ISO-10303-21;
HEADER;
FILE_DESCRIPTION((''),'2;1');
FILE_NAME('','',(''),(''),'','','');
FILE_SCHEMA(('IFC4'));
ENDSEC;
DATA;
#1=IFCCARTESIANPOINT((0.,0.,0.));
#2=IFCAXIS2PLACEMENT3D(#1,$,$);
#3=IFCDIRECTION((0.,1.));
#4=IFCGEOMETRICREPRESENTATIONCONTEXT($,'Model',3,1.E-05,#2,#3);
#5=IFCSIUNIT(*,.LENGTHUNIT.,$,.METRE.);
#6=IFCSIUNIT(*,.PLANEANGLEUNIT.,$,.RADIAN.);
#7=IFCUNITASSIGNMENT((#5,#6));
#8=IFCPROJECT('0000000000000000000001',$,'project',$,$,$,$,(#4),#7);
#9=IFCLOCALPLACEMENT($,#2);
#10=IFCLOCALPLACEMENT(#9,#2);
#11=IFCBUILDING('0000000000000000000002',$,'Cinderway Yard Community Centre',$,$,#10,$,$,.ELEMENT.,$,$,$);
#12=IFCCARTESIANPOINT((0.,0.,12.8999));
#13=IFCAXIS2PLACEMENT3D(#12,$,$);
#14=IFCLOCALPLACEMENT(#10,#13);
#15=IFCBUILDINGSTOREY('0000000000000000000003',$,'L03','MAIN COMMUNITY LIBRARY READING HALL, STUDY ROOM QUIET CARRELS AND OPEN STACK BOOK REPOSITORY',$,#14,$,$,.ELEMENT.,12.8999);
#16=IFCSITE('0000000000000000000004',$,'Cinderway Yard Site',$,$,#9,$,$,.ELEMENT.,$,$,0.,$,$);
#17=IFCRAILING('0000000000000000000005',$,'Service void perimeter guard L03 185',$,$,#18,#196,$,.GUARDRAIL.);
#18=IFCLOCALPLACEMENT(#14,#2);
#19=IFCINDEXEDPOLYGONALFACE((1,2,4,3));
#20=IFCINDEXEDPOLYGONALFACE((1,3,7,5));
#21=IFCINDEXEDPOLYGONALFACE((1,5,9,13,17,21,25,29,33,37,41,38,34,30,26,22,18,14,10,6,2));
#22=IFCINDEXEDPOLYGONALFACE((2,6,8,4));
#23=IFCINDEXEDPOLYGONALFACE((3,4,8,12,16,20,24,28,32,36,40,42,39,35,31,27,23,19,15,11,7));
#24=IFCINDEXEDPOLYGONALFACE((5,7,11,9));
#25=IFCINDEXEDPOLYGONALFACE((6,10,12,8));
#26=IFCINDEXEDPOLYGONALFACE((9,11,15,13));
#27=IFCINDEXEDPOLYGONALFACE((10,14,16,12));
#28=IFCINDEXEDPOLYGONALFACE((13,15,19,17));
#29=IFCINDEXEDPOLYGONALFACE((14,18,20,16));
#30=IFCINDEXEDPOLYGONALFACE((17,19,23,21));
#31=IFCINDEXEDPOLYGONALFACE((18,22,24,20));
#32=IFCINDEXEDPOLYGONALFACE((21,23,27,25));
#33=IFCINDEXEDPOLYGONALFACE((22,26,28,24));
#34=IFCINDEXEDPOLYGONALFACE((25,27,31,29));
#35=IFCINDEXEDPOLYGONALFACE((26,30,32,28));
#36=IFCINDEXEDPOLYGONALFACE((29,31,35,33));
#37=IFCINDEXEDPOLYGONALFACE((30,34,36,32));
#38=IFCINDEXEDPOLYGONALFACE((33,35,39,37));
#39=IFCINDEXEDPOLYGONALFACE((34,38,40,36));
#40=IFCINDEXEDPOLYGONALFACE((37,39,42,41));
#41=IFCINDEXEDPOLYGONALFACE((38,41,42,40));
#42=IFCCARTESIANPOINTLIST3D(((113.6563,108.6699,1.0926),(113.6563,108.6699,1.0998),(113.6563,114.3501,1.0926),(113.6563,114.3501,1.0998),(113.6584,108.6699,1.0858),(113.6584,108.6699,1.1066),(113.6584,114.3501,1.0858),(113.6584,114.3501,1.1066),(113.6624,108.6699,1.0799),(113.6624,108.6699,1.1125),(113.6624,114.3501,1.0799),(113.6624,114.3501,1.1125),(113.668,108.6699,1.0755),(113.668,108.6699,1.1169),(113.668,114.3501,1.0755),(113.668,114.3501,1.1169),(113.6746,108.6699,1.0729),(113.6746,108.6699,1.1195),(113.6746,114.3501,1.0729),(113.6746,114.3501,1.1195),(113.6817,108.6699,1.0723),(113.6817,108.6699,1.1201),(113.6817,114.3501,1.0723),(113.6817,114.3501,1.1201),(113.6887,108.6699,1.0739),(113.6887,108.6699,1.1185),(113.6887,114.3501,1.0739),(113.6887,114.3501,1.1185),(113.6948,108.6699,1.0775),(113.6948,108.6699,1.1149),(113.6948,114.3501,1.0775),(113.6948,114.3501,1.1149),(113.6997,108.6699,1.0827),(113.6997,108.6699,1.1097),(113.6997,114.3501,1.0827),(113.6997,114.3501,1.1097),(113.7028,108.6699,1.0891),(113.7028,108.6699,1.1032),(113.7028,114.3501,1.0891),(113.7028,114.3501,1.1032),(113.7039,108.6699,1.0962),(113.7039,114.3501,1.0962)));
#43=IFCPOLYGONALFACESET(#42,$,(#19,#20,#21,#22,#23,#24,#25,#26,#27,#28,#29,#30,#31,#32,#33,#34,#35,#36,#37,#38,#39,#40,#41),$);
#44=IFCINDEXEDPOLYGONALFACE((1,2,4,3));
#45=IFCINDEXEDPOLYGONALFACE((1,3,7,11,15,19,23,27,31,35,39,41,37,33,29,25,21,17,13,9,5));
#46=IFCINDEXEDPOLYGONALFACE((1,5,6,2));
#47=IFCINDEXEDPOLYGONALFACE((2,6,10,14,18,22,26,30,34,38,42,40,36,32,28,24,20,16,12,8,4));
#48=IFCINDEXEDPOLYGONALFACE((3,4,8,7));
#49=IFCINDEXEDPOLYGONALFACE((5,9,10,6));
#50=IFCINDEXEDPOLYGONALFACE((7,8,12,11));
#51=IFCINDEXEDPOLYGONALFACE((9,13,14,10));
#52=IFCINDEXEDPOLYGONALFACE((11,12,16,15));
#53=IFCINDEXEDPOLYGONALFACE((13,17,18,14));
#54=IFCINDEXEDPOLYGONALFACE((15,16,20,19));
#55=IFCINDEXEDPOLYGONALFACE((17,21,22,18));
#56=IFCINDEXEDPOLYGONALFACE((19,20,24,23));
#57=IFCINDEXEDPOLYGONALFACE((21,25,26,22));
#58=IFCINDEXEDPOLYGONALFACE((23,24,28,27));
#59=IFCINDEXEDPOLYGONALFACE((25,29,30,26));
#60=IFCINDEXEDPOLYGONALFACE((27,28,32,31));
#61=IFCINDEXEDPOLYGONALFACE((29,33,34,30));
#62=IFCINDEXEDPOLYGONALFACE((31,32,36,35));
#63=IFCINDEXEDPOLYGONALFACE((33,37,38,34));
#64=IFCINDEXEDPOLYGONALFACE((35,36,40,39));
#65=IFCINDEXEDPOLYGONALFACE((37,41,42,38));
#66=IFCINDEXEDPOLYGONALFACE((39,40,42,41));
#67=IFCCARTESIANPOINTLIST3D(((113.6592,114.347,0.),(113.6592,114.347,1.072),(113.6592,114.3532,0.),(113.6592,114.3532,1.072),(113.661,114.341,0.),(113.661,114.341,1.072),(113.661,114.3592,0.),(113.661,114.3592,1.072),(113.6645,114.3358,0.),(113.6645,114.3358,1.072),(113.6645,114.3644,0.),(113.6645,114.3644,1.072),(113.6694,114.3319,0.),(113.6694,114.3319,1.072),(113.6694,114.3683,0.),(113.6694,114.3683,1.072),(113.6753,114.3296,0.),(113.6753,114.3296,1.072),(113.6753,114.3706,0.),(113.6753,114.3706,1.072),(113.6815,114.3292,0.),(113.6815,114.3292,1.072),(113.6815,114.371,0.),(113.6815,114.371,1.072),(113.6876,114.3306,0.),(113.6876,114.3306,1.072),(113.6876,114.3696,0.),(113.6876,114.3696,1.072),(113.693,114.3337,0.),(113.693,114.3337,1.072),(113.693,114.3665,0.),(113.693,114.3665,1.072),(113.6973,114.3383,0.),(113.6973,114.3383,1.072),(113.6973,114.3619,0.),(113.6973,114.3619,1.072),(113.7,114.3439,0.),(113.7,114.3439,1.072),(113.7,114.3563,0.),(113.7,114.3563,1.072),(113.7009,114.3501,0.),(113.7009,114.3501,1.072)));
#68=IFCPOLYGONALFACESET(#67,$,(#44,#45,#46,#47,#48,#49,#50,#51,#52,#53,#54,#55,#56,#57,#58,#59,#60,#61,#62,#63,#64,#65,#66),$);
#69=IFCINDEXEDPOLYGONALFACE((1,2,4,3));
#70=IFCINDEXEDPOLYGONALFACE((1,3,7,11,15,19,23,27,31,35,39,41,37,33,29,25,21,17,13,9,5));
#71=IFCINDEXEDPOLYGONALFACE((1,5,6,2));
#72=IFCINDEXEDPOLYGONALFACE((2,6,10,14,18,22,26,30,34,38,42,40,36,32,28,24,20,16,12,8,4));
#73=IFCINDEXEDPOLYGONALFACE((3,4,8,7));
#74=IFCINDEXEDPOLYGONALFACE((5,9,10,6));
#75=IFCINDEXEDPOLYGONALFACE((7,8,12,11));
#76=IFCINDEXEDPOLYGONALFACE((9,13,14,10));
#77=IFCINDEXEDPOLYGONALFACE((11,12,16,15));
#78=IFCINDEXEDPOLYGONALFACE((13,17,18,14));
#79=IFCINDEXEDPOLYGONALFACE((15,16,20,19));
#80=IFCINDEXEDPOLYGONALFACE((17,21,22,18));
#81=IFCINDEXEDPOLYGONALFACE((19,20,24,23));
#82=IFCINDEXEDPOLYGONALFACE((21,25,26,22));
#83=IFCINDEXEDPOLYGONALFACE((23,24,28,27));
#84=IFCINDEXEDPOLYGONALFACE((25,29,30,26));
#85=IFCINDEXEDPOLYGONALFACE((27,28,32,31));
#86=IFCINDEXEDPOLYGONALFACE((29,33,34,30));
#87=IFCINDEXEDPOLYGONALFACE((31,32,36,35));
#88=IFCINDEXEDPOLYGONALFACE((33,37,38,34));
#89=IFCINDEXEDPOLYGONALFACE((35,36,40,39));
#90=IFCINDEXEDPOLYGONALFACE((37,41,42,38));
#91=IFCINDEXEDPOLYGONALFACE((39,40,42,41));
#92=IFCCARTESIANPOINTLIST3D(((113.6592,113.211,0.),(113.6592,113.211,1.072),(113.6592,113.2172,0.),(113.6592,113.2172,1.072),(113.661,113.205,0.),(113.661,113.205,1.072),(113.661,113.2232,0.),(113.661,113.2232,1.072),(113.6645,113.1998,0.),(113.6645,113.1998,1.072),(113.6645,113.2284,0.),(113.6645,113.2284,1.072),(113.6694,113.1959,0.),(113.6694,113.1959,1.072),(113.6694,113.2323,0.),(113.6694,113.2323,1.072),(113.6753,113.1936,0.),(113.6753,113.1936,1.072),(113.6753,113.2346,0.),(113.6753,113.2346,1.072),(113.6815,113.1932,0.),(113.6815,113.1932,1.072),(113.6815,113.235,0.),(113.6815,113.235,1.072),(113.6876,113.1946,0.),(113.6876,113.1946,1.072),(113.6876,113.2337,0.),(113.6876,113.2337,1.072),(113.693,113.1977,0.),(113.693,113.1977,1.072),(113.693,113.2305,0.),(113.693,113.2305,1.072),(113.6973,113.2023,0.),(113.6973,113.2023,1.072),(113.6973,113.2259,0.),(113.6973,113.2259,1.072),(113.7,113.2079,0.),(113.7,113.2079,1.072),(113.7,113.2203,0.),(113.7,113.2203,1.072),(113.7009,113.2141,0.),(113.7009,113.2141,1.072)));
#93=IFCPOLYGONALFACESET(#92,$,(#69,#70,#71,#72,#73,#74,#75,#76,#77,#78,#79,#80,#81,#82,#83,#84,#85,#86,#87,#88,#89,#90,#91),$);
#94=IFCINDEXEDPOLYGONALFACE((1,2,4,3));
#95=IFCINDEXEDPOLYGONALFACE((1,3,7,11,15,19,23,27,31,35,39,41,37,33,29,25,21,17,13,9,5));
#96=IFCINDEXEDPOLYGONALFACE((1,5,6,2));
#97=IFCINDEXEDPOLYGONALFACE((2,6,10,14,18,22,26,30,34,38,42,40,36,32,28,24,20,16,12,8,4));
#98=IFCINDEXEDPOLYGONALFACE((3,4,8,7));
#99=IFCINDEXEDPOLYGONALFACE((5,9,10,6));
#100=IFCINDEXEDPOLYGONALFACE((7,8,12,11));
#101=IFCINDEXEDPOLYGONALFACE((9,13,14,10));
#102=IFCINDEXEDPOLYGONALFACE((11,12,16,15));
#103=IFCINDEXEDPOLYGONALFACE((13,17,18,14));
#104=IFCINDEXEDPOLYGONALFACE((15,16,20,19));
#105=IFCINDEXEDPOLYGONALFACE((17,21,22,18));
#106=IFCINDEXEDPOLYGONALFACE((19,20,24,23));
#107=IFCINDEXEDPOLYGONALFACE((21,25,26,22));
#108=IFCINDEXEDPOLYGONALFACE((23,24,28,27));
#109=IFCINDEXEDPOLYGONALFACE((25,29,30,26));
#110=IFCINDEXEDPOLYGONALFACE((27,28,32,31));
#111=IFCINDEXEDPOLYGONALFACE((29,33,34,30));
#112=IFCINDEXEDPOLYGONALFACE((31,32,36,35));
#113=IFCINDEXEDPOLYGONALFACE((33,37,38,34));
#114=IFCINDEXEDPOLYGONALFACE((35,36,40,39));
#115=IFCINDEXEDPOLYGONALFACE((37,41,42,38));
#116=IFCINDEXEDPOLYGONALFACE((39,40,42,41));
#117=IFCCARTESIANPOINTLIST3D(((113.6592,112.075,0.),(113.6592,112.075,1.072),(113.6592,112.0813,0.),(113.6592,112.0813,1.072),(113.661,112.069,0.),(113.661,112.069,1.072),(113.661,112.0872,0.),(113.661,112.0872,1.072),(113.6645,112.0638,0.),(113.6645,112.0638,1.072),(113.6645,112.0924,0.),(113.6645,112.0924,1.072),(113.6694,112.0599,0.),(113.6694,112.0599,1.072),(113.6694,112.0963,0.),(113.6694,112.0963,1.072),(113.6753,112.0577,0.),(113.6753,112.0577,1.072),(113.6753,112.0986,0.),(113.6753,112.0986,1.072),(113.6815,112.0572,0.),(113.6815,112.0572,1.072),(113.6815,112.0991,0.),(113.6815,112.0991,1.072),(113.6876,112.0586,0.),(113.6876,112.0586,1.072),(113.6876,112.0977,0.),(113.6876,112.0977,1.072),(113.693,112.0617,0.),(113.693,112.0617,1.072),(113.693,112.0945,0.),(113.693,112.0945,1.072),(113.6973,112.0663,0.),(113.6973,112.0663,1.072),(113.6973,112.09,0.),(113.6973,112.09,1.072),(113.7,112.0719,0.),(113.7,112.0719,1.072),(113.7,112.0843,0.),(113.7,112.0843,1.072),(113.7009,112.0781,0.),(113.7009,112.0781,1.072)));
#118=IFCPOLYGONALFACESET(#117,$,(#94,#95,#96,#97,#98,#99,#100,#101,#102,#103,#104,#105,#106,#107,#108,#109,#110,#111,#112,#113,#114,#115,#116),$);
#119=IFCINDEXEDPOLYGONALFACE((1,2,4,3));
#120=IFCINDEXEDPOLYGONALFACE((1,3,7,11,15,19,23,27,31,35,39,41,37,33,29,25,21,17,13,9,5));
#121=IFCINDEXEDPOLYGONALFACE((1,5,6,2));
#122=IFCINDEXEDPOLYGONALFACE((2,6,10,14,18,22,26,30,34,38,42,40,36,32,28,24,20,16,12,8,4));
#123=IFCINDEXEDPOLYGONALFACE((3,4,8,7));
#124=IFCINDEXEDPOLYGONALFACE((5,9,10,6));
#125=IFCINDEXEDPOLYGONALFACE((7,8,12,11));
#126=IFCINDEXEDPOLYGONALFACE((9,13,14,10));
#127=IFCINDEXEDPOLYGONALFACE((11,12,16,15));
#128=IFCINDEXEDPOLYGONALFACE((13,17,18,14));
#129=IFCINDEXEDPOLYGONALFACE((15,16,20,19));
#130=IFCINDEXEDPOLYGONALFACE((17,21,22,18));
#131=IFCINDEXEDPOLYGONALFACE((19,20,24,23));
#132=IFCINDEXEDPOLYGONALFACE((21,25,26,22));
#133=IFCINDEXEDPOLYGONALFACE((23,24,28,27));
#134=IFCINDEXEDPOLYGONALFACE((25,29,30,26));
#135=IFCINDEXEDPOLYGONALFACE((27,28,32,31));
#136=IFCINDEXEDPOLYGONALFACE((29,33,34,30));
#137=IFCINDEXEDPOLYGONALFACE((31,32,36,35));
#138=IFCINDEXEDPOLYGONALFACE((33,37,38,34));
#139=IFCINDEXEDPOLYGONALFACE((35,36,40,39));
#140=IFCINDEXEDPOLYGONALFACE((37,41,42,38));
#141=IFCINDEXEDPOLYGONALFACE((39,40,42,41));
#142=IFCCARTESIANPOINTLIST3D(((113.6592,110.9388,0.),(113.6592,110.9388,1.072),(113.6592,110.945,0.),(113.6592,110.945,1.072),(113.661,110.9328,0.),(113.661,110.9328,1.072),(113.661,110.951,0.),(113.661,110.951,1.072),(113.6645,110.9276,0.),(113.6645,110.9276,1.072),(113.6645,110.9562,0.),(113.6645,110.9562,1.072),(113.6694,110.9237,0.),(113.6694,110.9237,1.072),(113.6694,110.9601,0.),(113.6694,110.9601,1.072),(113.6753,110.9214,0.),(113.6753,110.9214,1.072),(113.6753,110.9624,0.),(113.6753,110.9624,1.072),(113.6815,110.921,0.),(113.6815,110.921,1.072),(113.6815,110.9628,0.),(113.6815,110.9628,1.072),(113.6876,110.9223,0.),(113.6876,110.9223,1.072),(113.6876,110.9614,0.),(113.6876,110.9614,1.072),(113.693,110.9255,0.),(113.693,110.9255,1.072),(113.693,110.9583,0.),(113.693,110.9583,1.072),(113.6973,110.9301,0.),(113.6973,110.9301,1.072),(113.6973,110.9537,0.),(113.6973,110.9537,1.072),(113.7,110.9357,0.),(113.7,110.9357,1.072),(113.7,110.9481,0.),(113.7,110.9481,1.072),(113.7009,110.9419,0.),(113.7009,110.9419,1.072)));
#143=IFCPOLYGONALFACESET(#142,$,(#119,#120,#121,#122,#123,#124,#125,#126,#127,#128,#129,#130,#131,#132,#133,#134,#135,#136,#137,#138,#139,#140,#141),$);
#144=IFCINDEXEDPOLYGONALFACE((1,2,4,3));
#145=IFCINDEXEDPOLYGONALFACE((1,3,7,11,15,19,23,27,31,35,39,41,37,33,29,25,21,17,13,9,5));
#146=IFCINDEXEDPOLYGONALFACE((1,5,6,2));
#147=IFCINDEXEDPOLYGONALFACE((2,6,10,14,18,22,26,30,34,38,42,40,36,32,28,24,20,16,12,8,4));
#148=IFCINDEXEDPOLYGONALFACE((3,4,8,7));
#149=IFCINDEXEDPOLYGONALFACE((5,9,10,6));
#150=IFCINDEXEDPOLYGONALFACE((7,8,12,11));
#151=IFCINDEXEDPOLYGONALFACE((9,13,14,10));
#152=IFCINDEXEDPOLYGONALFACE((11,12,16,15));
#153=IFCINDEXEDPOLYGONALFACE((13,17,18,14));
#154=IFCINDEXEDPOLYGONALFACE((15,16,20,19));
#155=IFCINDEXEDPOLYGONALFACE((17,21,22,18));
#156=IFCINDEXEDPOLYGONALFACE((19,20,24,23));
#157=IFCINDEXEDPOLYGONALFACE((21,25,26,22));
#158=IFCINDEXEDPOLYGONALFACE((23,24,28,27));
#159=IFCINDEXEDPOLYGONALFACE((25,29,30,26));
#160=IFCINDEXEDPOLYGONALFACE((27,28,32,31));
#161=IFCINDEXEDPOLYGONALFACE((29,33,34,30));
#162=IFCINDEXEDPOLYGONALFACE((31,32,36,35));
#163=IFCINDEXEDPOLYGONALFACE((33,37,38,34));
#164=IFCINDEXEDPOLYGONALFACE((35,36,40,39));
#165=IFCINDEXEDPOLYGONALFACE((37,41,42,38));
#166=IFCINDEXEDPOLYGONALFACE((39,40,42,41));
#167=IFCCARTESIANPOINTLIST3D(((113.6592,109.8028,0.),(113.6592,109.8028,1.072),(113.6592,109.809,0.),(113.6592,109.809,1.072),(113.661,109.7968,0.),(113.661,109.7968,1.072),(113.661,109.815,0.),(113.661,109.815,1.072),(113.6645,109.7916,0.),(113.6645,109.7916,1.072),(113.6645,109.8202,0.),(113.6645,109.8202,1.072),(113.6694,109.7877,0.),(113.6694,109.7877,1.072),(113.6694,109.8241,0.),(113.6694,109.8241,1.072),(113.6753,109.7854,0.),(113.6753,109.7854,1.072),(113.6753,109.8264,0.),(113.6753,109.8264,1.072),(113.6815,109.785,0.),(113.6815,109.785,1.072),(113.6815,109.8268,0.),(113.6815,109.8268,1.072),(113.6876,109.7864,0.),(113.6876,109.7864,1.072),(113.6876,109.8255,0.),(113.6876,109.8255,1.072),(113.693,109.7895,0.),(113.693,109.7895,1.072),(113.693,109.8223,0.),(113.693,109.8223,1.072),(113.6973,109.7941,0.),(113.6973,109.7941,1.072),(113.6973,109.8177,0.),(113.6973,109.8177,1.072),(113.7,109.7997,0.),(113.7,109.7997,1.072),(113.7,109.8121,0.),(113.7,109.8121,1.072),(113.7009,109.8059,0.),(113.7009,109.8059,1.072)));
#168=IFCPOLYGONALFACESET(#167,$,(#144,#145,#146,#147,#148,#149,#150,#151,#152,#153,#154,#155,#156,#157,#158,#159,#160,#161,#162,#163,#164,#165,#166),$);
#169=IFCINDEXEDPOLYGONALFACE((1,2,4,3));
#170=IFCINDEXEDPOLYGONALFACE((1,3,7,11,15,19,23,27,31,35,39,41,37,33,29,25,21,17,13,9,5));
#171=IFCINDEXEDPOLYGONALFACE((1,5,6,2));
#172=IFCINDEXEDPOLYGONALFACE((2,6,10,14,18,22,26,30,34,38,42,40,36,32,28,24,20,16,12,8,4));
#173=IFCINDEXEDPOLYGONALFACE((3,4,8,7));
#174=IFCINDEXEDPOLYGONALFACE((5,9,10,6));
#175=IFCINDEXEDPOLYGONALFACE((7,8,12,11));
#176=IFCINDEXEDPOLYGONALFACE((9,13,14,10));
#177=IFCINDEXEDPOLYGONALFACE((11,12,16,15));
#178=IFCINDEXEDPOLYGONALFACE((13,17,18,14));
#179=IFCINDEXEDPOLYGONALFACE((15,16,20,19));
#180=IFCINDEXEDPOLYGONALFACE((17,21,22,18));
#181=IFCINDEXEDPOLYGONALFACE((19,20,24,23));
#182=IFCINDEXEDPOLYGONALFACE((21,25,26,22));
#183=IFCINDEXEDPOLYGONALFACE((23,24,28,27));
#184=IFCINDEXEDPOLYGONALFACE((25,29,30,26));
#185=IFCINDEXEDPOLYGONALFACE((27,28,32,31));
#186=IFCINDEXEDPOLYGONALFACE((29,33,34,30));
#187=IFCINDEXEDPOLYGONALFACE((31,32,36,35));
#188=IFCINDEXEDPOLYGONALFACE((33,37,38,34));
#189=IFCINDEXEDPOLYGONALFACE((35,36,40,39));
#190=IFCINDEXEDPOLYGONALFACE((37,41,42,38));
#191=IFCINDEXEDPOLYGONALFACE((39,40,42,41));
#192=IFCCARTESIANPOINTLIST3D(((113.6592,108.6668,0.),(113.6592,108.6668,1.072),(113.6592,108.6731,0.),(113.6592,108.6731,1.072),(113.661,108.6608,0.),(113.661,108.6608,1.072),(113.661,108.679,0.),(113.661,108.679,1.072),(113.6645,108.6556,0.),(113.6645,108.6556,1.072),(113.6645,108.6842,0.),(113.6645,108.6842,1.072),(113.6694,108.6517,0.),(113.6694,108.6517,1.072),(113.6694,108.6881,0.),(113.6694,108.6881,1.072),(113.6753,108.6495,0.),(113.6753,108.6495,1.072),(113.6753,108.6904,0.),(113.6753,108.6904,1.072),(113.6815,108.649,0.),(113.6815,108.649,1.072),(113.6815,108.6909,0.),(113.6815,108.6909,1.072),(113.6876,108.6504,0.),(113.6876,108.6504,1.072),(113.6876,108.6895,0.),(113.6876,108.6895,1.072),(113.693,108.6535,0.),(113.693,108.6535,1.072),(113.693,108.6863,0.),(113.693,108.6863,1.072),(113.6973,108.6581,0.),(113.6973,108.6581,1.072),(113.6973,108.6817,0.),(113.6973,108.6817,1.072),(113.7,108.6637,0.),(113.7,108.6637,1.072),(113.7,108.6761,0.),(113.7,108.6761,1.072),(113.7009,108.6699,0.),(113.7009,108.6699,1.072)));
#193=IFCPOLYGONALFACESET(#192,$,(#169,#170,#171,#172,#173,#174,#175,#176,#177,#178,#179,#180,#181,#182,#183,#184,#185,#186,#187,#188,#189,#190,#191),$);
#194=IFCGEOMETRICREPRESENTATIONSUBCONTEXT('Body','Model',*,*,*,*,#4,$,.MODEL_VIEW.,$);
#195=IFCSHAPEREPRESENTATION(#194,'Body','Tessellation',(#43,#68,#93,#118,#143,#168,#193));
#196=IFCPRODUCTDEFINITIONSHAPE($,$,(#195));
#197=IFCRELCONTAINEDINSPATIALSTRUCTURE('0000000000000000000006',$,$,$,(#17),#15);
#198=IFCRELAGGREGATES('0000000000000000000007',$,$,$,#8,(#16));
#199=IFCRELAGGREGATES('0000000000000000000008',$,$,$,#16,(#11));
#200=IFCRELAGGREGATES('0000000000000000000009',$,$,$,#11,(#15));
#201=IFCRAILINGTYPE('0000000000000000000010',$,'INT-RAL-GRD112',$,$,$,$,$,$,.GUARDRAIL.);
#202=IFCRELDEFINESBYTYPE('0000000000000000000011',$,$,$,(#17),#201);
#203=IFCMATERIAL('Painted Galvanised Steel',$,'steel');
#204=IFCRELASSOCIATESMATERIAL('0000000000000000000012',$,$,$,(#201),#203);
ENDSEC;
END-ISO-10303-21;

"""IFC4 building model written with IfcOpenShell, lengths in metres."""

from ifc_helpers import new_model, si_unit, direction, frame, origin, origin_2d, place, context, subcontext, project, spatial, circle, extrude, material, type_object, element, save


model = new_model("IFC4")

# Units and contexts
model_context = context("Model", 3, precision=1e-05, world=origin(), true_north=direction((0.0, 1.0)))
body_context = subcontext(model_context, "Body", "Model", "MODEL_VIEW")
ifc_project = project(units=[si_unit("LENGTHUNIT", "METRE"), si_unit("PLANEANGLEUNIT", "RADIAN")], contexts=[model_context])

# Site, building, storey
site_placement = place(None, origin())
site = spatial("IfcSite", under=ifc_project, at=site_placement, Name="Cinderway Yard Site", CompositionType="ELEMENT", RefElevation=0.0)
building_placement = place(site_placement, origin())
building = spatial("IfcBuilding", under=site, at=building_placement, Name="Cinderway Yard Community Centre", CompositionType="ELEMENT")
storey_placement = place(building_placement, frame((0.0, 0.0, 12.8999)))
storey = spatial("IfcBuildingStorey", under=building, at=storey_placement, Name="L03", Description="MAIN COMMUNITY LIBRARY READING HALL, STUDY ROOM QUIET CARRELS AND OPEN STACK BOOK REPOSITORY", CompositionType="ELEMENT", Elevation=12.8999)

# Railing
ifc_material_1 = material(Name="Painted Galvanised Steel", Category="steel")
railing_type = type_object("IfcRailingType", Name="INT-RAL-GRD112", PredefinedType="GUARDRAIL", material=ifc_material_1)
railing_1_placement = place(storey_placement, frame((113.6799, 114.3501, 0.0)))
element("IfcRailing", 1, at=railing_1_placement, inside=storey, type_object=railing_type, Name="Service void perimeter guard L03 185", PredefinedType="GUARDRAIL", context=body_context, shape_type="SweptSolid", body=[
    extrude(circle(Radius=0.0239, at=origin_2d()), frame((0.0, 0.0, 1.0962), z_axis=(0.0, -1.0, 0.0), x_axis=(1.0, 0.0, 0.0)), (0.0, 0.0, 1.0), 5.6802),
    extrude(circle(Radius=0.021, at=origin_2d()), origin(), (0.0, 0.0, 1.0), 1.072),
    extrude(circle(Radius=0.021, at=origin_2d()), frame((0.0, -1.136, 0.0)), (0.0, 0.0, 1.0), 1.072),
    extrude(circle(Radius=0.021, at=origin_2d()), frame((0.0, -2.272, 0.0)), (0.0, 0.0, 1.0), 1.072),
    extrude(circle(Radius=0.021, at=origin_2d()), frame((0.0, -3.4082, 0.0)), (0.0, 0.0, 1.0), 1.072),
    extrude(circle(Radius=0.021, at=origin_2d()), frame((0.0, -4.5442, 0.0)), (0.0, 0.0, 1.0), 1.072),
    extrude(circle(Radius=0.021, at=origin_2d()), frame((0.0, -5.6802, 0.0)), (0.0, 0.0, 1.0), 1.072),
])

save(model, "model.ifc")
